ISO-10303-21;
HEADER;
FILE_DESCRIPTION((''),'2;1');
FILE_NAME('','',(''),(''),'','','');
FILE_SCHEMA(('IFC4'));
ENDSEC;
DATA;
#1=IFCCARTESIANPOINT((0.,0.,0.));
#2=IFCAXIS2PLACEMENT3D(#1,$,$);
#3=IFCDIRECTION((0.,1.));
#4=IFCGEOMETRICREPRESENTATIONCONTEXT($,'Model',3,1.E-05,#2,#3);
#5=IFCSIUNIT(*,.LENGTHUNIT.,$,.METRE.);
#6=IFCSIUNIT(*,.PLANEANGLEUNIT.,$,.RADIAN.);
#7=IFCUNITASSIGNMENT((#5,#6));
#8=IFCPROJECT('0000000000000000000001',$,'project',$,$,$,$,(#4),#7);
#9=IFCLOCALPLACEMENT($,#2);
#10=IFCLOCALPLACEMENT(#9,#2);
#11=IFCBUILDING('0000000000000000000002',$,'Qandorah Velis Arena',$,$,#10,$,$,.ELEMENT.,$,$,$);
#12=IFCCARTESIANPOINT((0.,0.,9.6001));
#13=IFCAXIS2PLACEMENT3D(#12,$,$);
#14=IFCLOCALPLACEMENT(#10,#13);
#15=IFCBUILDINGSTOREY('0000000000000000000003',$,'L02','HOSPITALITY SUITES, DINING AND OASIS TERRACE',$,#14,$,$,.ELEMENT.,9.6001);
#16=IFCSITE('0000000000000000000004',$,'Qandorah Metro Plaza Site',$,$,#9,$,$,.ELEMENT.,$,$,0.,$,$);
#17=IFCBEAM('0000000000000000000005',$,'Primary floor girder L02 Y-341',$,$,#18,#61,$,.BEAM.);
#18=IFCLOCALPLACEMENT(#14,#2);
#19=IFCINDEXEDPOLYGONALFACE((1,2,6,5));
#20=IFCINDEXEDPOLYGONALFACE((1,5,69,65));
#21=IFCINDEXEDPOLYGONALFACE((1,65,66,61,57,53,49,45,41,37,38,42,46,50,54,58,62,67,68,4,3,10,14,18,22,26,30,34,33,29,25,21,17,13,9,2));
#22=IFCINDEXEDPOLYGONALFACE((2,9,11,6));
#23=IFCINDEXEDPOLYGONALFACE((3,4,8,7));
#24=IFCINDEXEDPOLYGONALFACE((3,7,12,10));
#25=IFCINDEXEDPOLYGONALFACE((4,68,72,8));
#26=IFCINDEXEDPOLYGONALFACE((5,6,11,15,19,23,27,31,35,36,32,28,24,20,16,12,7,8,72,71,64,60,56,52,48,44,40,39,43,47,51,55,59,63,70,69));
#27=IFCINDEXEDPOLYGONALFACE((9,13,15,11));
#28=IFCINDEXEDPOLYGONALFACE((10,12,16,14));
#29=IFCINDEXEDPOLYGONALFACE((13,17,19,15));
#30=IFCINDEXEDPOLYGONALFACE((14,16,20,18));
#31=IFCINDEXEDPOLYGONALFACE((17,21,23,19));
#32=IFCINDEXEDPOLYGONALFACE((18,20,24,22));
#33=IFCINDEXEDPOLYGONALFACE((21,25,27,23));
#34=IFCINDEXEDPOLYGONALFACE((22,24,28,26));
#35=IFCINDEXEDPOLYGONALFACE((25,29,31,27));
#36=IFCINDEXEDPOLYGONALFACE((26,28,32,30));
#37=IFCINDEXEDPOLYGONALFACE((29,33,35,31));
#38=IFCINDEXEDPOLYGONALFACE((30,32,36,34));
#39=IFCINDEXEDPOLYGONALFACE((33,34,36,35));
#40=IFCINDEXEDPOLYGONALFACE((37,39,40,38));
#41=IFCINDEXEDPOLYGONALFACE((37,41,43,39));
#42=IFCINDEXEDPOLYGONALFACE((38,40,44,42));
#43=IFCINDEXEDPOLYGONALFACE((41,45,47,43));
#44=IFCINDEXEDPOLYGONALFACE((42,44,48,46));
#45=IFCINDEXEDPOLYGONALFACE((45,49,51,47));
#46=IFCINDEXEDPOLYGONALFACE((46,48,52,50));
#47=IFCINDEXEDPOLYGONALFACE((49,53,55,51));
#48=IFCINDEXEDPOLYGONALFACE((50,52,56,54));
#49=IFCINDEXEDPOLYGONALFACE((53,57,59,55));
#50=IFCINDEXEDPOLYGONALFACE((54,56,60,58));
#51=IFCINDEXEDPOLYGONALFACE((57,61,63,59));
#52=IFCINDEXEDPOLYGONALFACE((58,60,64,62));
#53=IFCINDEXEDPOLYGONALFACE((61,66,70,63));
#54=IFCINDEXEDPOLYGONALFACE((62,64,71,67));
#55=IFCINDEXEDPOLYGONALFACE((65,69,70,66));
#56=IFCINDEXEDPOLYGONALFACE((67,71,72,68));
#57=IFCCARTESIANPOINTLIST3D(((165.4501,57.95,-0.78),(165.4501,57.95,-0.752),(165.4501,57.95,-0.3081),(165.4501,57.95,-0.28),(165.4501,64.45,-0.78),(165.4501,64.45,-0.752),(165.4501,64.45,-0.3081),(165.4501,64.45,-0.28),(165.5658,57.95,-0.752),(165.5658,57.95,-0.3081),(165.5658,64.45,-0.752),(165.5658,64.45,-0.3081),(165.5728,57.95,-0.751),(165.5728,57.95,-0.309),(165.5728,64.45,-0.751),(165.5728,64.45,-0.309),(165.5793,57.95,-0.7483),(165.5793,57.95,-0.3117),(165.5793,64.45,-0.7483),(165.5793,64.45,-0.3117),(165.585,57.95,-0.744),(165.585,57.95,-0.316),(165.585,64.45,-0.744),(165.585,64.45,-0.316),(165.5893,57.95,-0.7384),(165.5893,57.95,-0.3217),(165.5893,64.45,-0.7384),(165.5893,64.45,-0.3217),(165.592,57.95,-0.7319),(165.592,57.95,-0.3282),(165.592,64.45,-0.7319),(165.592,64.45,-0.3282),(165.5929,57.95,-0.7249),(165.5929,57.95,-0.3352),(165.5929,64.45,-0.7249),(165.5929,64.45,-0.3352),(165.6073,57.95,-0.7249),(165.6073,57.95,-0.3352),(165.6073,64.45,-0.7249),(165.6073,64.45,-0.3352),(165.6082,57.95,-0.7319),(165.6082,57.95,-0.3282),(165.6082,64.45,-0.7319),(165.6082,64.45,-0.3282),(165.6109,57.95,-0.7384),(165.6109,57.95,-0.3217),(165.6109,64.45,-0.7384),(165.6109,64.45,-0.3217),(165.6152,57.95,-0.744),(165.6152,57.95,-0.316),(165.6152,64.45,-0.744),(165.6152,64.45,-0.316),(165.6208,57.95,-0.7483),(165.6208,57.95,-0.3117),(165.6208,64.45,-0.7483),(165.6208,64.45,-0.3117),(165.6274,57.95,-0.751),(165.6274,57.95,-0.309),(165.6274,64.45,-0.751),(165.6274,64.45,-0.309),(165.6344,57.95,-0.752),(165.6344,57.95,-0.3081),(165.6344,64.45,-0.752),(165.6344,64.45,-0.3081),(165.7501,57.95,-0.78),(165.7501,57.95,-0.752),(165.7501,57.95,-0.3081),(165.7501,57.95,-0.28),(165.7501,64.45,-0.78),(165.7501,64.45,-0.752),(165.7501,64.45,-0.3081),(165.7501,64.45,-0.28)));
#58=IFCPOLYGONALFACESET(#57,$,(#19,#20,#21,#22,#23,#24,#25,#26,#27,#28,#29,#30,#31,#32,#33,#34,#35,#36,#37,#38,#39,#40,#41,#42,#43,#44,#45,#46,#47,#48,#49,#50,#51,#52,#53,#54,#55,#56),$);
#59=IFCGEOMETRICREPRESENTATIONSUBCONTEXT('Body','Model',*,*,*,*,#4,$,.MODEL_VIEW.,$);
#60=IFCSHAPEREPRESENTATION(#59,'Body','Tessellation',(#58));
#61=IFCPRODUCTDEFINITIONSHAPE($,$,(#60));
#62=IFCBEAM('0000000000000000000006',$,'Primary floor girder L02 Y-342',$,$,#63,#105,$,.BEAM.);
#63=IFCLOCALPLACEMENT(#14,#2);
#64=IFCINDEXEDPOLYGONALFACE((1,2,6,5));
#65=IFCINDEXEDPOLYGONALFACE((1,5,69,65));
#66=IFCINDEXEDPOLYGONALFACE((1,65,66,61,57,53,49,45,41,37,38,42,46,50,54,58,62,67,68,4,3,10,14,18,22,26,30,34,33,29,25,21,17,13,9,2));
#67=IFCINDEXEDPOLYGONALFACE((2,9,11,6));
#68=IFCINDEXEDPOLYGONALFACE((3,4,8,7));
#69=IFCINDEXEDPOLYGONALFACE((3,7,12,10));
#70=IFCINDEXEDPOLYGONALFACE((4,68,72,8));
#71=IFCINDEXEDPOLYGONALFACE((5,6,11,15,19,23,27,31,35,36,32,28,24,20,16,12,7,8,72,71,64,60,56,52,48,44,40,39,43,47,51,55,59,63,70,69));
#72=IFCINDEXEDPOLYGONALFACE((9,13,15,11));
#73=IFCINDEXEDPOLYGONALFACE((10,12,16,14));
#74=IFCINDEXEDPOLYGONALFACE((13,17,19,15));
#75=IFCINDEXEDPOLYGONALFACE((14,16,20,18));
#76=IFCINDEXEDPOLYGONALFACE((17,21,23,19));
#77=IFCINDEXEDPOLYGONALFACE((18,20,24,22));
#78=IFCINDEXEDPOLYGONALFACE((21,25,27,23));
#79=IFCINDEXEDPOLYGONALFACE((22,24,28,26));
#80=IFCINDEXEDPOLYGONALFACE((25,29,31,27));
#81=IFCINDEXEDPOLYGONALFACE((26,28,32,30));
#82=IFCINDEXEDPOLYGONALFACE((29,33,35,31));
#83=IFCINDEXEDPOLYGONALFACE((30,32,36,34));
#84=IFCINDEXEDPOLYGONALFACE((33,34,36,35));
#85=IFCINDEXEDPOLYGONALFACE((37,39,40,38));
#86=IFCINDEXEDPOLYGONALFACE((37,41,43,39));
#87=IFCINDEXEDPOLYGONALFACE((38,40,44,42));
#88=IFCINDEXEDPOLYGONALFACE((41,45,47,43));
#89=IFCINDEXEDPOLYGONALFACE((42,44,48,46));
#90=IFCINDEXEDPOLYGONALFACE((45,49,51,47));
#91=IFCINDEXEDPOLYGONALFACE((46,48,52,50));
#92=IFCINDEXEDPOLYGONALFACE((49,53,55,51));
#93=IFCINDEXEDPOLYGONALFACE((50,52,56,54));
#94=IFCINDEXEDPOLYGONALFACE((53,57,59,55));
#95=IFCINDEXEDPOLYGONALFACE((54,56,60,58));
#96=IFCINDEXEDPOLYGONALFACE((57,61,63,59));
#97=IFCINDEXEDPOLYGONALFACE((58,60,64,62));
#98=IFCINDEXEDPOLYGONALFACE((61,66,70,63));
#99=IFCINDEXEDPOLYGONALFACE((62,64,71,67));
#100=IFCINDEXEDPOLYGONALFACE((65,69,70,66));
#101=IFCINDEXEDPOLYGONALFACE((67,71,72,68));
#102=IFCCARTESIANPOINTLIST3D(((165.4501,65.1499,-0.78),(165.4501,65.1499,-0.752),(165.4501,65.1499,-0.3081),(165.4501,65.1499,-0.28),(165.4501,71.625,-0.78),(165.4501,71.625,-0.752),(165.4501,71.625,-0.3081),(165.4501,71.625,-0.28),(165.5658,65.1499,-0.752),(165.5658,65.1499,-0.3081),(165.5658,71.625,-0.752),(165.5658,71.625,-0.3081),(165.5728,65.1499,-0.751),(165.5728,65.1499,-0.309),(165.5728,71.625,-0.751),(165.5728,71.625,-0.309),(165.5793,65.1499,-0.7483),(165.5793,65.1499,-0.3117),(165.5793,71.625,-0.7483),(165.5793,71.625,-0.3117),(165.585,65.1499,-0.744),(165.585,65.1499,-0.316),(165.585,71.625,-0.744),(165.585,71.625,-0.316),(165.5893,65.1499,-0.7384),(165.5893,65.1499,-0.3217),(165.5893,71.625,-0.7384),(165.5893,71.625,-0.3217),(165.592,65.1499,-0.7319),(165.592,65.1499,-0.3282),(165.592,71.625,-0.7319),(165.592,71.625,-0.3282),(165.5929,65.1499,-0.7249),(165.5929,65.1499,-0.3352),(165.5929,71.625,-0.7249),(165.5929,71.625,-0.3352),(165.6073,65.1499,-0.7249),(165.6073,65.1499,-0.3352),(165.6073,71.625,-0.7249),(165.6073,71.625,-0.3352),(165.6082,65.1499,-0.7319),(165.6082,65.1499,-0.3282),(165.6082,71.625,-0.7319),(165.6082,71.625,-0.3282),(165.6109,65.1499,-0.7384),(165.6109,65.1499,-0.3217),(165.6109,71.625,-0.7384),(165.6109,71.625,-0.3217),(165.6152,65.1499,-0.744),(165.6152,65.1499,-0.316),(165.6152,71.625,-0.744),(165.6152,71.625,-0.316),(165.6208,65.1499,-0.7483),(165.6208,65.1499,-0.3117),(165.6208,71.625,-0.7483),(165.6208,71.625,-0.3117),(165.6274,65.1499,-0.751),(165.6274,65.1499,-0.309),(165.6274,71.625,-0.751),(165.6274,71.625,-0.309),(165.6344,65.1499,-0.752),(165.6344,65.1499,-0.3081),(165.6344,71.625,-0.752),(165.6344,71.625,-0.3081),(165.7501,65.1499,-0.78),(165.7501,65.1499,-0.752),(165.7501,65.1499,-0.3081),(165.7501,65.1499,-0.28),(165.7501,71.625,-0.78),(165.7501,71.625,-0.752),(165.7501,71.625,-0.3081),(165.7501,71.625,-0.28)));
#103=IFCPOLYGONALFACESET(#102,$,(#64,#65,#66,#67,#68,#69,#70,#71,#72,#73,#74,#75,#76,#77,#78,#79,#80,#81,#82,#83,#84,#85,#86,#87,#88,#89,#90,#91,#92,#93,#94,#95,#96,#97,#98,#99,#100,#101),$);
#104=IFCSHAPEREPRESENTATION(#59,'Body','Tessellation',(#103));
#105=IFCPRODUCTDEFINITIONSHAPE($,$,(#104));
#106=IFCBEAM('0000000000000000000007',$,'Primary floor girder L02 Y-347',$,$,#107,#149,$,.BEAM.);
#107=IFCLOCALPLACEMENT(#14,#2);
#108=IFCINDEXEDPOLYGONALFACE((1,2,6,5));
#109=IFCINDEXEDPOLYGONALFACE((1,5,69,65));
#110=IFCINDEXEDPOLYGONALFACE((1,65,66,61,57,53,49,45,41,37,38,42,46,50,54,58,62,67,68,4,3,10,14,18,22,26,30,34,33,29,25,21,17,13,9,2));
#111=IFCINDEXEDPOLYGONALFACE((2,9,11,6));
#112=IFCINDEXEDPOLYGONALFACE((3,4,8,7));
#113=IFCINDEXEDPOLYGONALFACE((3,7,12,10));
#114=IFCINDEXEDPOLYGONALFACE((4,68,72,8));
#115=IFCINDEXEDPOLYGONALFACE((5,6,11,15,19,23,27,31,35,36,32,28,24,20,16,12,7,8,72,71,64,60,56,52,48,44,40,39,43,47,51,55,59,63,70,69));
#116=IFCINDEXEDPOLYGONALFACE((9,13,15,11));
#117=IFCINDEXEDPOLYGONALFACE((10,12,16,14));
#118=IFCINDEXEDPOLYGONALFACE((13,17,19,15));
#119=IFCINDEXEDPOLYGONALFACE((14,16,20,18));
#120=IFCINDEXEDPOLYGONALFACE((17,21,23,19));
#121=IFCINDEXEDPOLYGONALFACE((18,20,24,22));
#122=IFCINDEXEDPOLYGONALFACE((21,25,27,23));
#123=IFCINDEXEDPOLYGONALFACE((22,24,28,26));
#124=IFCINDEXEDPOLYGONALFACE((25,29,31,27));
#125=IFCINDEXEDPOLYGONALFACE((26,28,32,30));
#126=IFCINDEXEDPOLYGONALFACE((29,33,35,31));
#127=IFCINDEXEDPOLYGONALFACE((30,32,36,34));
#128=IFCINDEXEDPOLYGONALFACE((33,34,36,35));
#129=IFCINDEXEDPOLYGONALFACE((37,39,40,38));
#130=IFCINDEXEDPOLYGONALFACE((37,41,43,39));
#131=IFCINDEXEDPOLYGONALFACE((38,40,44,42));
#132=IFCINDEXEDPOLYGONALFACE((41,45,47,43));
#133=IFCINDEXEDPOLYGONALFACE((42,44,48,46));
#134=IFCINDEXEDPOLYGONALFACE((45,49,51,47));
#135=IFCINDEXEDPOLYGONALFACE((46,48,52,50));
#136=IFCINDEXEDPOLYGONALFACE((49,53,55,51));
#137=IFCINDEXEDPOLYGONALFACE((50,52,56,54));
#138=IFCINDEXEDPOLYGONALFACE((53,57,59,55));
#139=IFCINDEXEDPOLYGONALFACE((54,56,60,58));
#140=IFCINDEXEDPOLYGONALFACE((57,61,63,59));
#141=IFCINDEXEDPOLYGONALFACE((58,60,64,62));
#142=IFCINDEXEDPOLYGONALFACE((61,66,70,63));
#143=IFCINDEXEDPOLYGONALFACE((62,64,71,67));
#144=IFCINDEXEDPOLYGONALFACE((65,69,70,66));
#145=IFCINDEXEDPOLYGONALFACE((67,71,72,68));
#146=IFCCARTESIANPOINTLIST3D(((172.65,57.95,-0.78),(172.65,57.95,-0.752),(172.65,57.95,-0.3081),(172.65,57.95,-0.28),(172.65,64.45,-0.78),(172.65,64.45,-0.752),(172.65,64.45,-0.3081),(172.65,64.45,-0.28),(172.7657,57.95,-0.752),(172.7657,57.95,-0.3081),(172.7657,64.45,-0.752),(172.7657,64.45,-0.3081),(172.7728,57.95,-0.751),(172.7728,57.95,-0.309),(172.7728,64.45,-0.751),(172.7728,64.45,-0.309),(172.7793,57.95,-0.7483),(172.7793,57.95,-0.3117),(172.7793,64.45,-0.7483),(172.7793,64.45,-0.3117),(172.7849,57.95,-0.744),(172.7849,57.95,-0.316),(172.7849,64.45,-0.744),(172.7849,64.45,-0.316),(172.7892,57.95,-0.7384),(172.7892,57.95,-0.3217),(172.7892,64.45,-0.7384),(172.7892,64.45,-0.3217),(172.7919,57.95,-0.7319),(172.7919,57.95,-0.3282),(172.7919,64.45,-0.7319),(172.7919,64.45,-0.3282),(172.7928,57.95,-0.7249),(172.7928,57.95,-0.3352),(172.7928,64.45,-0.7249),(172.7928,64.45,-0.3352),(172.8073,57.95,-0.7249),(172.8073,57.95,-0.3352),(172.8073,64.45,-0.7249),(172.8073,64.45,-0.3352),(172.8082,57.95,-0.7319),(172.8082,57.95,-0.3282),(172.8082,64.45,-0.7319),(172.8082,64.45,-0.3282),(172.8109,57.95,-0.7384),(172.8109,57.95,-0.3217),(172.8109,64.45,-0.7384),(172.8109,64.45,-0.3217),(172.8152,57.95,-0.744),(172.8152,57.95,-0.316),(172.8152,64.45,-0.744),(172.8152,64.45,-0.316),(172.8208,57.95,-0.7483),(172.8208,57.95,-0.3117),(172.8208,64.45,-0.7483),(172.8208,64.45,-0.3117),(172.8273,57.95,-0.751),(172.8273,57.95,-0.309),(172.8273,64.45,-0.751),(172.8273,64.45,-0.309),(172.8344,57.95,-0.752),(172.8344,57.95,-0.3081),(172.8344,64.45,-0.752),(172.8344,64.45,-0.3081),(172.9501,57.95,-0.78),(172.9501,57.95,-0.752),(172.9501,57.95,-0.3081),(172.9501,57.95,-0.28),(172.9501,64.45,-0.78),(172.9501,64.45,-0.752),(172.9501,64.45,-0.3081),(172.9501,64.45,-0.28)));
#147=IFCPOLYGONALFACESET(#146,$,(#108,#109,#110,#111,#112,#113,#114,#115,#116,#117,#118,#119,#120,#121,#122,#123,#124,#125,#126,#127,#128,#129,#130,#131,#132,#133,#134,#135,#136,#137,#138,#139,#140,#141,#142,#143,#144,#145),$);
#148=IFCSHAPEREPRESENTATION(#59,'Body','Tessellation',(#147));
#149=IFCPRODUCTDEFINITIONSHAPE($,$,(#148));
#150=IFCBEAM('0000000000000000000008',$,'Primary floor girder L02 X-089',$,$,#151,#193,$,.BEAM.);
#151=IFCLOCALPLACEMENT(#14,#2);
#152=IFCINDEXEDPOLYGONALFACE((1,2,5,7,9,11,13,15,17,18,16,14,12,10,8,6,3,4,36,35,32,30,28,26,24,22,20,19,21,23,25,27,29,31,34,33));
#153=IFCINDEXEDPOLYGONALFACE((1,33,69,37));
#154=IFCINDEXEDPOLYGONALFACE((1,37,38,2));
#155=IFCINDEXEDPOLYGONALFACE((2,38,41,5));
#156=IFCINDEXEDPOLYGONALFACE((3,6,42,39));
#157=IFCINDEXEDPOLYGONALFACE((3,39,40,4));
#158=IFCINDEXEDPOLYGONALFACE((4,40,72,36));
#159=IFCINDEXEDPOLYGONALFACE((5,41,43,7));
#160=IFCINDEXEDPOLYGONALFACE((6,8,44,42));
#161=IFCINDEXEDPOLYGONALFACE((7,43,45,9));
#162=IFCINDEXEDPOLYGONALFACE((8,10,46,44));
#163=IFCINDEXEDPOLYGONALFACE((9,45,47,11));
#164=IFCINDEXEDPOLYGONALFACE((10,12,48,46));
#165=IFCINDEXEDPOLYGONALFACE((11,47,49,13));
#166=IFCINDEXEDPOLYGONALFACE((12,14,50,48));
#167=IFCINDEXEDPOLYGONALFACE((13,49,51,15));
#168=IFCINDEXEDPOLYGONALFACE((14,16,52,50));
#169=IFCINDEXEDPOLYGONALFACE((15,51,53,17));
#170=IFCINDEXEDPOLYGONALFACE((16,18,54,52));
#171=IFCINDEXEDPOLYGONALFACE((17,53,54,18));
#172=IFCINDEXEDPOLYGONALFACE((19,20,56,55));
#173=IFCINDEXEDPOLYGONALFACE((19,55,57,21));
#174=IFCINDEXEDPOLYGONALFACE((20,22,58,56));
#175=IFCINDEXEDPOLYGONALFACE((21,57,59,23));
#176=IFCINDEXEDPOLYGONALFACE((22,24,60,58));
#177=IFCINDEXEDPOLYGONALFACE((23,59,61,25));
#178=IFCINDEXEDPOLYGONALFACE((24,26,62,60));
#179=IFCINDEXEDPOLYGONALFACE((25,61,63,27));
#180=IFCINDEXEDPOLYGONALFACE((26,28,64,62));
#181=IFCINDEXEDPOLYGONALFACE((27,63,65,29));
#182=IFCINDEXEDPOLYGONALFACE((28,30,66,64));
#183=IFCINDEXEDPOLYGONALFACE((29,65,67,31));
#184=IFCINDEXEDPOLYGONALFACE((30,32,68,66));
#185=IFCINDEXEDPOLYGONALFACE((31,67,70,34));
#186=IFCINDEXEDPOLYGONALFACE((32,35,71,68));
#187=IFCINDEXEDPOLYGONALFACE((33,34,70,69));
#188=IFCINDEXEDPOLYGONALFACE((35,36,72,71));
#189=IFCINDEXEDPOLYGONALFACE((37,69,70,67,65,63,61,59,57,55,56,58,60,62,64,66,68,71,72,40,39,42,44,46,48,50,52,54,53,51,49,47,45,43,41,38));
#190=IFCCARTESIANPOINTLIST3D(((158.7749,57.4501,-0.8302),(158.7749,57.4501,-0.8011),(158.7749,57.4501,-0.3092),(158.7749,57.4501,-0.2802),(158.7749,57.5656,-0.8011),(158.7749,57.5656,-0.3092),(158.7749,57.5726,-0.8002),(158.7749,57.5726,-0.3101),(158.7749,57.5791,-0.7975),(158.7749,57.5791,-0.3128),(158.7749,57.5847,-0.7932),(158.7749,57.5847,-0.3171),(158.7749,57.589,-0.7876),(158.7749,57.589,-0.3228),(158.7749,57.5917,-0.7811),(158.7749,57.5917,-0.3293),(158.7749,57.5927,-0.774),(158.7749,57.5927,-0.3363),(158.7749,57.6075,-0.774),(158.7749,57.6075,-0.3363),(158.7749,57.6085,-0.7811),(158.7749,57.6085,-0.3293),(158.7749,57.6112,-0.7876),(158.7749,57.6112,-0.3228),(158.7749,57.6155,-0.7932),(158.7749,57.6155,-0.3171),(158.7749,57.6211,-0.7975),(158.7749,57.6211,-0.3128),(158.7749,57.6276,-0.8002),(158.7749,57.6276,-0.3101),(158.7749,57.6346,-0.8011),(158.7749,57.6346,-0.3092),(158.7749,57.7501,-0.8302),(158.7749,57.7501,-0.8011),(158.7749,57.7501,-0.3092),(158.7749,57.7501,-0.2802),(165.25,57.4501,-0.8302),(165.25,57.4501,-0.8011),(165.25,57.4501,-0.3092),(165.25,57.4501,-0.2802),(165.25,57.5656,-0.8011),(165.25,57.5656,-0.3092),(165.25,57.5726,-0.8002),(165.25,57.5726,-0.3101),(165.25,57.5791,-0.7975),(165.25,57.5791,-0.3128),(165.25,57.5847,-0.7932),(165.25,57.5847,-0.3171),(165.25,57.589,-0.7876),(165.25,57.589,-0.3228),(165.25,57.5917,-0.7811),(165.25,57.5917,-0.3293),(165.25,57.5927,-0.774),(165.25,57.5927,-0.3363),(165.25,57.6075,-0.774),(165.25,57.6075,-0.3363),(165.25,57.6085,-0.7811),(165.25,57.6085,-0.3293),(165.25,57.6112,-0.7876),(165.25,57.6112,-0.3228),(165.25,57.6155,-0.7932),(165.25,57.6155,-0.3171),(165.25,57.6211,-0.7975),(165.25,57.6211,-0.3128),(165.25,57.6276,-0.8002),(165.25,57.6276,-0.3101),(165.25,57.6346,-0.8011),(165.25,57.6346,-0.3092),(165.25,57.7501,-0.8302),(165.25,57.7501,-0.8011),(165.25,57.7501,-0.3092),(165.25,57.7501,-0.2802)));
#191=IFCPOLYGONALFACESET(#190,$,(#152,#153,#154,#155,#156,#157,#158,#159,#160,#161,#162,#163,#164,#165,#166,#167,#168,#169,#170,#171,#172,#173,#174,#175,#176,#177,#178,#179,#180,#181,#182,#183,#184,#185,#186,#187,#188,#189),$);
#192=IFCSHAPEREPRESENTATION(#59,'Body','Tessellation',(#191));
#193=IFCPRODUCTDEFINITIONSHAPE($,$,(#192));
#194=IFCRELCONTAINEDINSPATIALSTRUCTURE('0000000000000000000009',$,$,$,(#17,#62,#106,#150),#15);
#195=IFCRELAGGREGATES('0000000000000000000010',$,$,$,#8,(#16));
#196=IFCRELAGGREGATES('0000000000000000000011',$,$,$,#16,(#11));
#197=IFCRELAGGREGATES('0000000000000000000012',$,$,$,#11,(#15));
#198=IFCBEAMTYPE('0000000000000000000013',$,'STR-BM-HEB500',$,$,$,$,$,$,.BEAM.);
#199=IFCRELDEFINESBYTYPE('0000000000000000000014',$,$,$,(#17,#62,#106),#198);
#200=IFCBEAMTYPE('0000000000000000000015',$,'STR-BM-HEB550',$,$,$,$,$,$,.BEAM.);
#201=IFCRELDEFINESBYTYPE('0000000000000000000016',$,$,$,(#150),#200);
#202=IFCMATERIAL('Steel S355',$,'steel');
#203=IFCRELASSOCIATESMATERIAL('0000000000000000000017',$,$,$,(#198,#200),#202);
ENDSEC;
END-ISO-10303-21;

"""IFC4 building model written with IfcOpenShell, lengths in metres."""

from ifc_helpers import new_model, si_unit, direction, frame, origin, origin_2d, place, context, subcontext, project, spatial, i_section, extrude, material, material_profile, profile_set, type_object, element, save


model = new_model("IFC4")

# Units and contexts
model_context = context("Model", 3, precision=1e-05, world=origin(), true_north=direction((0.0, 1.0)))
body_context = subcontext(model_context, "Body", "Model", "MODEL_VIEW")
ifc_project = project(units=[si_unit("LENGTHUNIT", "METRE"), si_unit("PLANEANGLEUNIT", "RADIAN")], contexts=[model_context])

# Site, building, storey
site_placement = place(None, origin())
site = spatial("IfcSite", under=ifc_project, at=site_placement, Name="Qandorah Metro Plaza Site", CompositionType="ELEMENT", RefElevation=0.0)
building_placement = place(site_placement, origin())
building = spatial("IfcBuilding", under=site, at=building_placement, Name="Qandorah Velis Arena", CompositionType="ELEMENT")
storey_placement = place(building_placement, frame((0.0, 0.0, 9.6001)))
storey = spatial("IfcBuildingStorey", under=building, at=storey_placement, Name="L02", Description="HOSPITALITY SUITES, DINING AND OASIS TERRACE", CompositionType="ELEMENT", Elevation=9.6001)

# Shared definitions
ifc_material_1 = material(Name="Steel S355", Category="steel")

# Beams
ifc_material_profile_1 = material_profile(ifc_material_1, i_section(OverallWidth=0.3, OverallDepth=0.5, WebThickness=0.0144, FlangeThickness=0.0281, FilletRadius=0.0271, at=origin_2d()), Name="HEB 500")
ifc_profile_set_1 = profile_set([ifc_material_profile_1], Name="Steel S355")
beam_type_1 = type_object("IfcBeamType", Name="STR-BM-HEB500", PredefinedType="BEAM", material=ifc_profile_set_1)
for number, where, z_axis, x_axis, name in (
    (1, (165.6001, 57.95, -0.53), (0.0, 1.0, 0.0), (-1.0, 0.0, 0.0), "Primary floor girder L02 Y-341"),
):
    element("IfcBeam", number, at=place(storey_placement, frame(where, z_axis=z_axis, x_axis=x_axis)), inside=storey, type_object=beam_type_1, Name=name, PredefinedType="BEAM", context=body_context, shape_type="SweptSolid", body=[
        extrude(i_section(OverallWidth=0.3, OverallDepth=0.5, WebThickness=0.0144, FlangeThickness=0.0281, FilletRadius=0.0271, at=origin_2d()), origin(), (0.0, 0.0, 1.0), 6.5),
    ])
beam_1_placement = place(storey_placement, frame((165.6001, 65.1499, -0.53), z_axis=(0.0, 1.0, 0.0), x_axis=(-1.0, 0.0, 0.0)))
element("IfcBeam", 2, at=beam_1_placement, inside=storey, type_object=beam_type_1, Name="Primary floor girder L02 Y-342", PredefinedType="BEAM", context=body_context, shape_type="SweptSolid", body=[
    extrude(i_section(OverallWidth=0.3, OverallDepth=0.5, WebThickness=0.0144, FlangeThickness=0.0281, FilletRadius=0.0271, at=origin_2d()), origin(), (0.0, 0.0, 1.0), 6.4751),
])
beam_2_placement = place(storey_placement, frame((172.8, 57.95, -0.53), z_axis=(0.0, 1.0, 0.0), x_axis=(-1.0, 0.0, 0.0)))
element("IfcBeam", 3, at=beam_2_placement, inside=storey, type_object=beam_type_1, Name="Primary floor girder L02 Y-347", PredefinedType="BEAM", context=body_context, shape_type="SweptSolid", body=[
    extrude(i_section(OverallWidth=0.3, OverallDepth=0.5, WebThickness=0.0144, FlangeThickness=0.0281, FilletRadius=0.0271, at=origin_2d()), origin(), (0.0, 0.0, 1.0), 6.5),
])
ifc_material_profile_2 = material_profile(ifc_material_1, i_section(OverallWidth=0.3, OverallDepth=0.55, WebThickness=0.0149, FlangeThickness=0.0291, FilletRadius=0.0271, at=origin_2d()), Name="HEB 550")
ifc_profile_set_2 = profile_set([ifc_material_profile_2], Name="Steel S355")
beam_type_2 = type_object("IfcBeamType", Name="STR-BM-HEB550", PredefinedType="BEAM", material=ifc_profile_set_2)
beam_3_placement = place(storey_placement, frame((158.7749, 57.6001, -0.5552), z_axis=(1.0, 0.0, 0.0), x_axis=(0.0, 1.0, 0.0)))
element("IfcBeam", 4, at=beam_3_placement, inside=storey, type_object=beam_type_2, Name="Primary floor girder L02 X-089", PredefinedType="BEAM", context=body_context, shape_type="SweptSolid", body=[
    extrude(i_section(OverallWidth=0.3, OverallDepth=0.55, WebThickness=0.0149, FlangeThickness=0.0291, FilletRadius=0.0271, at=origin_2d()), origin(), (0.0, 0.0, 1.0), 6.4751),
])

save(model, "model.ifc")
